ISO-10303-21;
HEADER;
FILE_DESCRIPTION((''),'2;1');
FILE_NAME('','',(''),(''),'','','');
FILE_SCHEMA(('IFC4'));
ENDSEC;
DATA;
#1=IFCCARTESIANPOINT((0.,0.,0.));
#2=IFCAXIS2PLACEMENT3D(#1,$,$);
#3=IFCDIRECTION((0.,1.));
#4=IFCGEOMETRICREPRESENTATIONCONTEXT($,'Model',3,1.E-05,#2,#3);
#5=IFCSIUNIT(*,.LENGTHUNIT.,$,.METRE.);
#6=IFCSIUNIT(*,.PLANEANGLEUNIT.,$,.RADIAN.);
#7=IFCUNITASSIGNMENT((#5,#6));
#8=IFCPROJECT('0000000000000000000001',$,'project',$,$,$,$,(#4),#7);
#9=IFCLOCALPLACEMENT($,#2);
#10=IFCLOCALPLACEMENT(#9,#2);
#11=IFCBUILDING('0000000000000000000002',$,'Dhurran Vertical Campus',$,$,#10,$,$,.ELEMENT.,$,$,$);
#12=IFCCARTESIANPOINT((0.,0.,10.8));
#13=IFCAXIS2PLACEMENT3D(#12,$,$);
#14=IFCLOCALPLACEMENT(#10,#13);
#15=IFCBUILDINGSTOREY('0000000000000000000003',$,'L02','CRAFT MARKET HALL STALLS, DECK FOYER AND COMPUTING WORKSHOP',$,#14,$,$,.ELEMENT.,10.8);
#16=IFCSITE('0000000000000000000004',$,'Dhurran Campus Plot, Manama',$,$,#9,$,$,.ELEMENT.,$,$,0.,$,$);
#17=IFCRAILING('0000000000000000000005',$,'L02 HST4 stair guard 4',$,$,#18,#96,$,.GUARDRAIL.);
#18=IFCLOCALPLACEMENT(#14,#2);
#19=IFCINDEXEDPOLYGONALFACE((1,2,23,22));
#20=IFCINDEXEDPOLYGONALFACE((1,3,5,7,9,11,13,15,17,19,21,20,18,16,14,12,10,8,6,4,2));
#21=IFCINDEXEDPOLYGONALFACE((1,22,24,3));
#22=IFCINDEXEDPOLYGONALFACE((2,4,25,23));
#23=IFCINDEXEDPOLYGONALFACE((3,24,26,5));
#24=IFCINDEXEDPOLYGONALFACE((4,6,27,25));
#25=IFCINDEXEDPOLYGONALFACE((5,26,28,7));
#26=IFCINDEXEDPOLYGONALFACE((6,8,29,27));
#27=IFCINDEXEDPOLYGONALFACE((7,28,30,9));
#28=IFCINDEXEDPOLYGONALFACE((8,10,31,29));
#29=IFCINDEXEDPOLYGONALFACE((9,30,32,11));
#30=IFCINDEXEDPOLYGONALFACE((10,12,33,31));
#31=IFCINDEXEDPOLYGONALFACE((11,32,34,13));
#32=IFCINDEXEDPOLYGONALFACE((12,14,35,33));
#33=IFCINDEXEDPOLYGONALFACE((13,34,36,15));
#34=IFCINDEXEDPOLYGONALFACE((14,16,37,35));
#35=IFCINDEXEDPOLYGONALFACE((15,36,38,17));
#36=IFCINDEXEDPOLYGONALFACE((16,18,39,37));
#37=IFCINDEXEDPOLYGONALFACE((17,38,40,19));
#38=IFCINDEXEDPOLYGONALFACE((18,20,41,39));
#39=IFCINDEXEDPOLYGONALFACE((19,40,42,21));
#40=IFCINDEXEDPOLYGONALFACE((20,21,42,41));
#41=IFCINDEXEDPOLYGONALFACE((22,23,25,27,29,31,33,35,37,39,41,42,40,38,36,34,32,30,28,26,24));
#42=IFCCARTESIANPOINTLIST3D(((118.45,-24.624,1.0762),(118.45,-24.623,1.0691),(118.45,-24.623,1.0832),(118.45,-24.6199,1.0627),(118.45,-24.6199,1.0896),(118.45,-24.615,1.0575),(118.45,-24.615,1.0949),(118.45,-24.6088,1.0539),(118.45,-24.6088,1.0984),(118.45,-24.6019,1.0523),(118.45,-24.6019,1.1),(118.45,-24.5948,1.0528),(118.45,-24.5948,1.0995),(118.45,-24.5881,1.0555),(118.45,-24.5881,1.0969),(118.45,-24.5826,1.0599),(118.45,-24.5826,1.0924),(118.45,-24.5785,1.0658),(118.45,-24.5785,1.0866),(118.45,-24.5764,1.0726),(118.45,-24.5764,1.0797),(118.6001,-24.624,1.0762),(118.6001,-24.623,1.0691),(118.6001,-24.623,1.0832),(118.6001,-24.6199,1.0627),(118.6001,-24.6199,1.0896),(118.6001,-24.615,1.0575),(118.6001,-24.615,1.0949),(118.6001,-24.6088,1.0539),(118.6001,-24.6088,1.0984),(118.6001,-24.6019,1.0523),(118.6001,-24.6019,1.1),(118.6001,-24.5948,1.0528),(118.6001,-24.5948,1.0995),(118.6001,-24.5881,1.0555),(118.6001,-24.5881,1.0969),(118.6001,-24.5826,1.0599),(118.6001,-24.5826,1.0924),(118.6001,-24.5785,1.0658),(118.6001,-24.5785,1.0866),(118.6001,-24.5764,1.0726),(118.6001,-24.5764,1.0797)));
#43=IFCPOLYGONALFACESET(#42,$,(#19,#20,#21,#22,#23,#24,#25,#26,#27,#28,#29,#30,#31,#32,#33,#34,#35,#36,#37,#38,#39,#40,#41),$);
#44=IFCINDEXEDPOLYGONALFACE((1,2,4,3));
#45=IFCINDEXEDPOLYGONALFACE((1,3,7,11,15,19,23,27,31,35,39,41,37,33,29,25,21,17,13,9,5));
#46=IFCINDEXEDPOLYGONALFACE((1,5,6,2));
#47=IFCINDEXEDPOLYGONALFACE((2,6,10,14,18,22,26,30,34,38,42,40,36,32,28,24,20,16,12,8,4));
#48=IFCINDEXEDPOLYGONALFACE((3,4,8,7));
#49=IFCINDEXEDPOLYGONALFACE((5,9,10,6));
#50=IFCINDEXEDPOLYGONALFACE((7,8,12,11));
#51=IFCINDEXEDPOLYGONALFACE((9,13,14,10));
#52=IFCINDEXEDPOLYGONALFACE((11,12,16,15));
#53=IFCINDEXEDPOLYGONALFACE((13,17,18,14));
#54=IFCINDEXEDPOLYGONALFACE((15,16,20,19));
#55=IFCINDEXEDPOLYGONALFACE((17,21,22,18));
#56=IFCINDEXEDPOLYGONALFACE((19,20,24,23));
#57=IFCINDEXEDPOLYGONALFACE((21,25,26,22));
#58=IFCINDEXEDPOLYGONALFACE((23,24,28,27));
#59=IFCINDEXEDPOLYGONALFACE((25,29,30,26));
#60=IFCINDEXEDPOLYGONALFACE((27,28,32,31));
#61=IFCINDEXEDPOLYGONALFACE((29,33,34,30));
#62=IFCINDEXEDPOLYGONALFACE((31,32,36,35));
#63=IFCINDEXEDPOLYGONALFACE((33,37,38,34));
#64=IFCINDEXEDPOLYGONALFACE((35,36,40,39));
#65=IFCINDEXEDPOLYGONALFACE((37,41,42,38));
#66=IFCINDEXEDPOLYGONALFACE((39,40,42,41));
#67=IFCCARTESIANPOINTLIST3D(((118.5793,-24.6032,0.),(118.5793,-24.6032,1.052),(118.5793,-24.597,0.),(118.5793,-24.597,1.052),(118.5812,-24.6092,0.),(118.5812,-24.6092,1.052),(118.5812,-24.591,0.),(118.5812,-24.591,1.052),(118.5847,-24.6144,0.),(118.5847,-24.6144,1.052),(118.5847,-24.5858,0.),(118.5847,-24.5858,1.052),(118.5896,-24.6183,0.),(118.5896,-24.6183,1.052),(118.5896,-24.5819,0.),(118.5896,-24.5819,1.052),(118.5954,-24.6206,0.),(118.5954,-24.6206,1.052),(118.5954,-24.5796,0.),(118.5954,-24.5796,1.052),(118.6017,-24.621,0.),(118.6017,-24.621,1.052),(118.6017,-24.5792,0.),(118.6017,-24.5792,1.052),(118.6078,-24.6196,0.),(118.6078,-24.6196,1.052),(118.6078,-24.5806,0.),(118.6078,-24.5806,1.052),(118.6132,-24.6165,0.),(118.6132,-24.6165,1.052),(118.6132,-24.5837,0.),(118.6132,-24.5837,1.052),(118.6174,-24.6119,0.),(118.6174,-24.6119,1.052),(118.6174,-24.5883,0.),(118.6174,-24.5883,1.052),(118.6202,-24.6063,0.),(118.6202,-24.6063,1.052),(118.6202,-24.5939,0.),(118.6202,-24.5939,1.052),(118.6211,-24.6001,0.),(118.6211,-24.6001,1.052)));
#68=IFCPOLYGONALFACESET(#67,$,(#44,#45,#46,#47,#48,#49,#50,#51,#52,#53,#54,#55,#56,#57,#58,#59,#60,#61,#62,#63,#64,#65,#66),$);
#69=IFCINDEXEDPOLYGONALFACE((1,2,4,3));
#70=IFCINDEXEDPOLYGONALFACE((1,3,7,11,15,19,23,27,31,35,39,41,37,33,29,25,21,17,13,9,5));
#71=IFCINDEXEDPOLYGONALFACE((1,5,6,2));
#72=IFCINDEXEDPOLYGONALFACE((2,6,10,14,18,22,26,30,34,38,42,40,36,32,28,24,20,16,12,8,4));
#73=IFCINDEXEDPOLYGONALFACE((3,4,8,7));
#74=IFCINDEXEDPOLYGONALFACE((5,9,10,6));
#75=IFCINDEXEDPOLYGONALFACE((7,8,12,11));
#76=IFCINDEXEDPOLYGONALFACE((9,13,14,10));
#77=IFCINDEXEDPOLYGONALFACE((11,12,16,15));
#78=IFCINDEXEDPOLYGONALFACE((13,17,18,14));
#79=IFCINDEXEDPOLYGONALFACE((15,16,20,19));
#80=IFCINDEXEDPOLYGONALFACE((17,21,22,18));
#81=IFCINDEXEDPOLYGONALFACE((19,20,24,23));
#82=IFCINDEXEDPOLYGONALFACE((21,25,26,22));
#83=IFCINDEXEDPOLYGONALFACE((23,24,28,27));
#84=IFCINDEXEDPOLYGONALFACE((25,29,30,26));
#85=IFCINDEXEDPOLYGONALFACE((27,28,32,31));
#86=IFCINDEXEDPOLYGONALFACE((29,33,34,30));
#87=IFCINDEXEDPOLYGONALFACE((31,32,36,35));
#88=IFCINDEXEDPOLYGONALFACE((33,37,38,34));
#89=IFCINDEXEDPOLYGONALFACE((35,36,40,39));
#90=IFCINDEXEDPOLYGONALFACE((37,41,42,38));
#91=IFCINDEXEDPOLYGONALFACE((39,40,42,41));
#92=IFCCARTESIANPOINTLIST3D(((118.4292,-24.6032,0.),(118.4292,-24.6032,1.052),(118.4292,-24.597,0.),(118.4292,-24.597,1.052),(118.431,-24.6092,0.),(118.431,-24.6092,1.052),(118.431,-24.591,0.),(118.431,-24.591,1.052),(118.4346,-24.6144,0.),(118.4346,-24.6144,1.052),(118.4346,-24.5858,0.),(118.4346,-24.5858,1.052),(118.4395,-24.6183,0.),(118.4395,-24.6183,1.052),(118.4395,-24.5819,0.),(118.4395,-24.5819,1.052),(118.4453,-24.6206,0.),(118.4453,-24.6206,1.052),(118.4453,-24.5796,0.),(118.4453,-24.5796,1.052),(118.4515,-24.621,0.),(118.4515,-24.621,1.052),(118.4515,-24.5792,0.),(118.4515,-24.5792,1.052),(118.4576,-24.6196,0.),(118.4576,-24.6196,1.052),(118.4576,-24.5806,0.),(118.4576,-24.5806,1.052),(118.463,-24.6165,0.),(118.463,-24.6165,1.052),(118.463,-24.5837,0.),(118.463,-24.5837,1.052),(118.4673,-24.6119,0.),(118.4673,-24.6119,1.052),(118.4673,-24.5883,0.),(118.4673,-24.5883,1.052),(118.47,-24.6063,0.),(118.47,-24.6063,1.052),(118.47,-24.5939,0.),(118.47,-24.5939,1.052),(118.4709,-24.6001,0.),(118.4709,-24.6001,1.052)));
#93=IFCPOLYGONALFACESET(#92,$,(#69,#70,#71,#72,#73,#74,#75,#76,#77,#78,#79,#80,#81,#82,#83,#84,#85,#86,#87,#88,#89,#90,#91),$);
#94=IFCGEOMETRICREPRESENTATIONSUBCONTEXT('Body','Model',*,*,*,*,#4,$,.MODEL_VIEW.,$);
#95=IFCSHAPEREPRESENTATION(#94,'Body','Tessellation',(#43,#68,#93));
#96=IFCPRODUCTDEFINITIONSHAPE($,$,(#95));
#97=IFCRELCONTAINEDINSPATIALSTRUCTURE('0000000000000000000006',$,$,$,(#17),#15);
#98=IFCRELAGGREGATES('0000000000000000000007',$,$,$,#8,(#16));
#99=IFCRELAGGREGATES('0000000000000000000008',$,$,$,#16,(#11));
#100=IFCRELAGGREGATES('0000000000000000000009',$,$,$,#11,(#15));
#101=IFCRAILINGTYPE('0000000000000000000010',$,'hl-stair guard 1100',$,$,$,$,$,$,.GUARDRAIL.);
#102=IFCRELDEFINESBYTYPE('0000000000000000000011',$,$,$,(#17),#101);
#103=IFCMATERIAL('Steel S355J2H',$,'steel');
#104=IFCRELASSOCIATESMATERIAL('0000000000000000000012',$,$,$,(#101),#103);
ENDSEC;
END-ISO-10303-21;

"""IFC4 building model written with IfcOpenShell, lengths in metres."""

from ifc_helpers import new_model, si_unit, direction, frame, origin, origin_2d, place, context, subcontext, project, spatial, circle, extrude, material, type_object, element, save


model = new_model("IFC4")

# Units and contexts
model_context = context("Model", 3, precision=1e-05, world=origin(), true_north=direction((0.0, 1.0)))
body_context = subcontext(model_context, "Body", "Model", "MODEL_VIEW")
ifc_project = project(units=[si_unit("LENGTHUNIT", "METRE"), si_unit("PLANEANGLEUNIT", "RADIAN")], contexts=[model_context])

# Site, building, storey
site_placement = place(None, origin())
site = spatial("IfcSite", under=ifc_project, at=site_placement, Name="Dhurran Campus Plot, Manama", CompositionType="ELEMENT", RefElevation=0.0)
building_placement = place(site_placement, origin())
building = spatial("IfcBuilding", under=site, at=building_placement, Name="Dhurran Vertical Campus", CompositionType="ELEMENT")
storey_placement = place(building_placement, frame((0.0, 0.0, 10.8)))
storey = spatial("IfcBuildingStorey", under=building, at=storey_placement, Name="L02", Description="CRAFT MARKET HALL STALLS, DECK FOYER AND COMPUTING WORKSHOP", CompositionType="ELEMENT", Elevation=10.8)

# Railing
ifc_material_1 = material(Name="Steel S355J2H", Category="steel")
railing_type_1 = type_object("IfcRailingType", Name="hl-stair guard 1100", PredefinedType="GUARDRAIL", material=ifc_material_1)
railing_1_placement = place(storey_placement, frame((118.6001, -24.6001, 0.0)))
element("IfcRailing", 1, at=railing_1_placement, inside=storey, type_object=railing_type_1, Name="L02 HST4 stair guard 4", PredefinedType="GUARDRAIL", context=body_context, shape_type="SweptSolid", body=[
    extrude(circle(Radius=0.0239, at=origin_2d()), frame((0.0, 0.0, 1.0762), z_axis=(-1.0, 0.0, 0.0), x_axis=(0.0, -1.0, 0.0)), (0.0, 0.0, 1.0), 0.1501),
    extrude(circle(Radius=0.021, at=origin_2d()), origin(), (0.0, 0.0, 1.0), 1.052),
    extrude(circle(Radius=0.021, at=origin_2d()), frame((-0.1501, 0.0, 0.0)), (0.0, 0.0, 1.0), 1.052),
])

save(model, "model.ifc")
